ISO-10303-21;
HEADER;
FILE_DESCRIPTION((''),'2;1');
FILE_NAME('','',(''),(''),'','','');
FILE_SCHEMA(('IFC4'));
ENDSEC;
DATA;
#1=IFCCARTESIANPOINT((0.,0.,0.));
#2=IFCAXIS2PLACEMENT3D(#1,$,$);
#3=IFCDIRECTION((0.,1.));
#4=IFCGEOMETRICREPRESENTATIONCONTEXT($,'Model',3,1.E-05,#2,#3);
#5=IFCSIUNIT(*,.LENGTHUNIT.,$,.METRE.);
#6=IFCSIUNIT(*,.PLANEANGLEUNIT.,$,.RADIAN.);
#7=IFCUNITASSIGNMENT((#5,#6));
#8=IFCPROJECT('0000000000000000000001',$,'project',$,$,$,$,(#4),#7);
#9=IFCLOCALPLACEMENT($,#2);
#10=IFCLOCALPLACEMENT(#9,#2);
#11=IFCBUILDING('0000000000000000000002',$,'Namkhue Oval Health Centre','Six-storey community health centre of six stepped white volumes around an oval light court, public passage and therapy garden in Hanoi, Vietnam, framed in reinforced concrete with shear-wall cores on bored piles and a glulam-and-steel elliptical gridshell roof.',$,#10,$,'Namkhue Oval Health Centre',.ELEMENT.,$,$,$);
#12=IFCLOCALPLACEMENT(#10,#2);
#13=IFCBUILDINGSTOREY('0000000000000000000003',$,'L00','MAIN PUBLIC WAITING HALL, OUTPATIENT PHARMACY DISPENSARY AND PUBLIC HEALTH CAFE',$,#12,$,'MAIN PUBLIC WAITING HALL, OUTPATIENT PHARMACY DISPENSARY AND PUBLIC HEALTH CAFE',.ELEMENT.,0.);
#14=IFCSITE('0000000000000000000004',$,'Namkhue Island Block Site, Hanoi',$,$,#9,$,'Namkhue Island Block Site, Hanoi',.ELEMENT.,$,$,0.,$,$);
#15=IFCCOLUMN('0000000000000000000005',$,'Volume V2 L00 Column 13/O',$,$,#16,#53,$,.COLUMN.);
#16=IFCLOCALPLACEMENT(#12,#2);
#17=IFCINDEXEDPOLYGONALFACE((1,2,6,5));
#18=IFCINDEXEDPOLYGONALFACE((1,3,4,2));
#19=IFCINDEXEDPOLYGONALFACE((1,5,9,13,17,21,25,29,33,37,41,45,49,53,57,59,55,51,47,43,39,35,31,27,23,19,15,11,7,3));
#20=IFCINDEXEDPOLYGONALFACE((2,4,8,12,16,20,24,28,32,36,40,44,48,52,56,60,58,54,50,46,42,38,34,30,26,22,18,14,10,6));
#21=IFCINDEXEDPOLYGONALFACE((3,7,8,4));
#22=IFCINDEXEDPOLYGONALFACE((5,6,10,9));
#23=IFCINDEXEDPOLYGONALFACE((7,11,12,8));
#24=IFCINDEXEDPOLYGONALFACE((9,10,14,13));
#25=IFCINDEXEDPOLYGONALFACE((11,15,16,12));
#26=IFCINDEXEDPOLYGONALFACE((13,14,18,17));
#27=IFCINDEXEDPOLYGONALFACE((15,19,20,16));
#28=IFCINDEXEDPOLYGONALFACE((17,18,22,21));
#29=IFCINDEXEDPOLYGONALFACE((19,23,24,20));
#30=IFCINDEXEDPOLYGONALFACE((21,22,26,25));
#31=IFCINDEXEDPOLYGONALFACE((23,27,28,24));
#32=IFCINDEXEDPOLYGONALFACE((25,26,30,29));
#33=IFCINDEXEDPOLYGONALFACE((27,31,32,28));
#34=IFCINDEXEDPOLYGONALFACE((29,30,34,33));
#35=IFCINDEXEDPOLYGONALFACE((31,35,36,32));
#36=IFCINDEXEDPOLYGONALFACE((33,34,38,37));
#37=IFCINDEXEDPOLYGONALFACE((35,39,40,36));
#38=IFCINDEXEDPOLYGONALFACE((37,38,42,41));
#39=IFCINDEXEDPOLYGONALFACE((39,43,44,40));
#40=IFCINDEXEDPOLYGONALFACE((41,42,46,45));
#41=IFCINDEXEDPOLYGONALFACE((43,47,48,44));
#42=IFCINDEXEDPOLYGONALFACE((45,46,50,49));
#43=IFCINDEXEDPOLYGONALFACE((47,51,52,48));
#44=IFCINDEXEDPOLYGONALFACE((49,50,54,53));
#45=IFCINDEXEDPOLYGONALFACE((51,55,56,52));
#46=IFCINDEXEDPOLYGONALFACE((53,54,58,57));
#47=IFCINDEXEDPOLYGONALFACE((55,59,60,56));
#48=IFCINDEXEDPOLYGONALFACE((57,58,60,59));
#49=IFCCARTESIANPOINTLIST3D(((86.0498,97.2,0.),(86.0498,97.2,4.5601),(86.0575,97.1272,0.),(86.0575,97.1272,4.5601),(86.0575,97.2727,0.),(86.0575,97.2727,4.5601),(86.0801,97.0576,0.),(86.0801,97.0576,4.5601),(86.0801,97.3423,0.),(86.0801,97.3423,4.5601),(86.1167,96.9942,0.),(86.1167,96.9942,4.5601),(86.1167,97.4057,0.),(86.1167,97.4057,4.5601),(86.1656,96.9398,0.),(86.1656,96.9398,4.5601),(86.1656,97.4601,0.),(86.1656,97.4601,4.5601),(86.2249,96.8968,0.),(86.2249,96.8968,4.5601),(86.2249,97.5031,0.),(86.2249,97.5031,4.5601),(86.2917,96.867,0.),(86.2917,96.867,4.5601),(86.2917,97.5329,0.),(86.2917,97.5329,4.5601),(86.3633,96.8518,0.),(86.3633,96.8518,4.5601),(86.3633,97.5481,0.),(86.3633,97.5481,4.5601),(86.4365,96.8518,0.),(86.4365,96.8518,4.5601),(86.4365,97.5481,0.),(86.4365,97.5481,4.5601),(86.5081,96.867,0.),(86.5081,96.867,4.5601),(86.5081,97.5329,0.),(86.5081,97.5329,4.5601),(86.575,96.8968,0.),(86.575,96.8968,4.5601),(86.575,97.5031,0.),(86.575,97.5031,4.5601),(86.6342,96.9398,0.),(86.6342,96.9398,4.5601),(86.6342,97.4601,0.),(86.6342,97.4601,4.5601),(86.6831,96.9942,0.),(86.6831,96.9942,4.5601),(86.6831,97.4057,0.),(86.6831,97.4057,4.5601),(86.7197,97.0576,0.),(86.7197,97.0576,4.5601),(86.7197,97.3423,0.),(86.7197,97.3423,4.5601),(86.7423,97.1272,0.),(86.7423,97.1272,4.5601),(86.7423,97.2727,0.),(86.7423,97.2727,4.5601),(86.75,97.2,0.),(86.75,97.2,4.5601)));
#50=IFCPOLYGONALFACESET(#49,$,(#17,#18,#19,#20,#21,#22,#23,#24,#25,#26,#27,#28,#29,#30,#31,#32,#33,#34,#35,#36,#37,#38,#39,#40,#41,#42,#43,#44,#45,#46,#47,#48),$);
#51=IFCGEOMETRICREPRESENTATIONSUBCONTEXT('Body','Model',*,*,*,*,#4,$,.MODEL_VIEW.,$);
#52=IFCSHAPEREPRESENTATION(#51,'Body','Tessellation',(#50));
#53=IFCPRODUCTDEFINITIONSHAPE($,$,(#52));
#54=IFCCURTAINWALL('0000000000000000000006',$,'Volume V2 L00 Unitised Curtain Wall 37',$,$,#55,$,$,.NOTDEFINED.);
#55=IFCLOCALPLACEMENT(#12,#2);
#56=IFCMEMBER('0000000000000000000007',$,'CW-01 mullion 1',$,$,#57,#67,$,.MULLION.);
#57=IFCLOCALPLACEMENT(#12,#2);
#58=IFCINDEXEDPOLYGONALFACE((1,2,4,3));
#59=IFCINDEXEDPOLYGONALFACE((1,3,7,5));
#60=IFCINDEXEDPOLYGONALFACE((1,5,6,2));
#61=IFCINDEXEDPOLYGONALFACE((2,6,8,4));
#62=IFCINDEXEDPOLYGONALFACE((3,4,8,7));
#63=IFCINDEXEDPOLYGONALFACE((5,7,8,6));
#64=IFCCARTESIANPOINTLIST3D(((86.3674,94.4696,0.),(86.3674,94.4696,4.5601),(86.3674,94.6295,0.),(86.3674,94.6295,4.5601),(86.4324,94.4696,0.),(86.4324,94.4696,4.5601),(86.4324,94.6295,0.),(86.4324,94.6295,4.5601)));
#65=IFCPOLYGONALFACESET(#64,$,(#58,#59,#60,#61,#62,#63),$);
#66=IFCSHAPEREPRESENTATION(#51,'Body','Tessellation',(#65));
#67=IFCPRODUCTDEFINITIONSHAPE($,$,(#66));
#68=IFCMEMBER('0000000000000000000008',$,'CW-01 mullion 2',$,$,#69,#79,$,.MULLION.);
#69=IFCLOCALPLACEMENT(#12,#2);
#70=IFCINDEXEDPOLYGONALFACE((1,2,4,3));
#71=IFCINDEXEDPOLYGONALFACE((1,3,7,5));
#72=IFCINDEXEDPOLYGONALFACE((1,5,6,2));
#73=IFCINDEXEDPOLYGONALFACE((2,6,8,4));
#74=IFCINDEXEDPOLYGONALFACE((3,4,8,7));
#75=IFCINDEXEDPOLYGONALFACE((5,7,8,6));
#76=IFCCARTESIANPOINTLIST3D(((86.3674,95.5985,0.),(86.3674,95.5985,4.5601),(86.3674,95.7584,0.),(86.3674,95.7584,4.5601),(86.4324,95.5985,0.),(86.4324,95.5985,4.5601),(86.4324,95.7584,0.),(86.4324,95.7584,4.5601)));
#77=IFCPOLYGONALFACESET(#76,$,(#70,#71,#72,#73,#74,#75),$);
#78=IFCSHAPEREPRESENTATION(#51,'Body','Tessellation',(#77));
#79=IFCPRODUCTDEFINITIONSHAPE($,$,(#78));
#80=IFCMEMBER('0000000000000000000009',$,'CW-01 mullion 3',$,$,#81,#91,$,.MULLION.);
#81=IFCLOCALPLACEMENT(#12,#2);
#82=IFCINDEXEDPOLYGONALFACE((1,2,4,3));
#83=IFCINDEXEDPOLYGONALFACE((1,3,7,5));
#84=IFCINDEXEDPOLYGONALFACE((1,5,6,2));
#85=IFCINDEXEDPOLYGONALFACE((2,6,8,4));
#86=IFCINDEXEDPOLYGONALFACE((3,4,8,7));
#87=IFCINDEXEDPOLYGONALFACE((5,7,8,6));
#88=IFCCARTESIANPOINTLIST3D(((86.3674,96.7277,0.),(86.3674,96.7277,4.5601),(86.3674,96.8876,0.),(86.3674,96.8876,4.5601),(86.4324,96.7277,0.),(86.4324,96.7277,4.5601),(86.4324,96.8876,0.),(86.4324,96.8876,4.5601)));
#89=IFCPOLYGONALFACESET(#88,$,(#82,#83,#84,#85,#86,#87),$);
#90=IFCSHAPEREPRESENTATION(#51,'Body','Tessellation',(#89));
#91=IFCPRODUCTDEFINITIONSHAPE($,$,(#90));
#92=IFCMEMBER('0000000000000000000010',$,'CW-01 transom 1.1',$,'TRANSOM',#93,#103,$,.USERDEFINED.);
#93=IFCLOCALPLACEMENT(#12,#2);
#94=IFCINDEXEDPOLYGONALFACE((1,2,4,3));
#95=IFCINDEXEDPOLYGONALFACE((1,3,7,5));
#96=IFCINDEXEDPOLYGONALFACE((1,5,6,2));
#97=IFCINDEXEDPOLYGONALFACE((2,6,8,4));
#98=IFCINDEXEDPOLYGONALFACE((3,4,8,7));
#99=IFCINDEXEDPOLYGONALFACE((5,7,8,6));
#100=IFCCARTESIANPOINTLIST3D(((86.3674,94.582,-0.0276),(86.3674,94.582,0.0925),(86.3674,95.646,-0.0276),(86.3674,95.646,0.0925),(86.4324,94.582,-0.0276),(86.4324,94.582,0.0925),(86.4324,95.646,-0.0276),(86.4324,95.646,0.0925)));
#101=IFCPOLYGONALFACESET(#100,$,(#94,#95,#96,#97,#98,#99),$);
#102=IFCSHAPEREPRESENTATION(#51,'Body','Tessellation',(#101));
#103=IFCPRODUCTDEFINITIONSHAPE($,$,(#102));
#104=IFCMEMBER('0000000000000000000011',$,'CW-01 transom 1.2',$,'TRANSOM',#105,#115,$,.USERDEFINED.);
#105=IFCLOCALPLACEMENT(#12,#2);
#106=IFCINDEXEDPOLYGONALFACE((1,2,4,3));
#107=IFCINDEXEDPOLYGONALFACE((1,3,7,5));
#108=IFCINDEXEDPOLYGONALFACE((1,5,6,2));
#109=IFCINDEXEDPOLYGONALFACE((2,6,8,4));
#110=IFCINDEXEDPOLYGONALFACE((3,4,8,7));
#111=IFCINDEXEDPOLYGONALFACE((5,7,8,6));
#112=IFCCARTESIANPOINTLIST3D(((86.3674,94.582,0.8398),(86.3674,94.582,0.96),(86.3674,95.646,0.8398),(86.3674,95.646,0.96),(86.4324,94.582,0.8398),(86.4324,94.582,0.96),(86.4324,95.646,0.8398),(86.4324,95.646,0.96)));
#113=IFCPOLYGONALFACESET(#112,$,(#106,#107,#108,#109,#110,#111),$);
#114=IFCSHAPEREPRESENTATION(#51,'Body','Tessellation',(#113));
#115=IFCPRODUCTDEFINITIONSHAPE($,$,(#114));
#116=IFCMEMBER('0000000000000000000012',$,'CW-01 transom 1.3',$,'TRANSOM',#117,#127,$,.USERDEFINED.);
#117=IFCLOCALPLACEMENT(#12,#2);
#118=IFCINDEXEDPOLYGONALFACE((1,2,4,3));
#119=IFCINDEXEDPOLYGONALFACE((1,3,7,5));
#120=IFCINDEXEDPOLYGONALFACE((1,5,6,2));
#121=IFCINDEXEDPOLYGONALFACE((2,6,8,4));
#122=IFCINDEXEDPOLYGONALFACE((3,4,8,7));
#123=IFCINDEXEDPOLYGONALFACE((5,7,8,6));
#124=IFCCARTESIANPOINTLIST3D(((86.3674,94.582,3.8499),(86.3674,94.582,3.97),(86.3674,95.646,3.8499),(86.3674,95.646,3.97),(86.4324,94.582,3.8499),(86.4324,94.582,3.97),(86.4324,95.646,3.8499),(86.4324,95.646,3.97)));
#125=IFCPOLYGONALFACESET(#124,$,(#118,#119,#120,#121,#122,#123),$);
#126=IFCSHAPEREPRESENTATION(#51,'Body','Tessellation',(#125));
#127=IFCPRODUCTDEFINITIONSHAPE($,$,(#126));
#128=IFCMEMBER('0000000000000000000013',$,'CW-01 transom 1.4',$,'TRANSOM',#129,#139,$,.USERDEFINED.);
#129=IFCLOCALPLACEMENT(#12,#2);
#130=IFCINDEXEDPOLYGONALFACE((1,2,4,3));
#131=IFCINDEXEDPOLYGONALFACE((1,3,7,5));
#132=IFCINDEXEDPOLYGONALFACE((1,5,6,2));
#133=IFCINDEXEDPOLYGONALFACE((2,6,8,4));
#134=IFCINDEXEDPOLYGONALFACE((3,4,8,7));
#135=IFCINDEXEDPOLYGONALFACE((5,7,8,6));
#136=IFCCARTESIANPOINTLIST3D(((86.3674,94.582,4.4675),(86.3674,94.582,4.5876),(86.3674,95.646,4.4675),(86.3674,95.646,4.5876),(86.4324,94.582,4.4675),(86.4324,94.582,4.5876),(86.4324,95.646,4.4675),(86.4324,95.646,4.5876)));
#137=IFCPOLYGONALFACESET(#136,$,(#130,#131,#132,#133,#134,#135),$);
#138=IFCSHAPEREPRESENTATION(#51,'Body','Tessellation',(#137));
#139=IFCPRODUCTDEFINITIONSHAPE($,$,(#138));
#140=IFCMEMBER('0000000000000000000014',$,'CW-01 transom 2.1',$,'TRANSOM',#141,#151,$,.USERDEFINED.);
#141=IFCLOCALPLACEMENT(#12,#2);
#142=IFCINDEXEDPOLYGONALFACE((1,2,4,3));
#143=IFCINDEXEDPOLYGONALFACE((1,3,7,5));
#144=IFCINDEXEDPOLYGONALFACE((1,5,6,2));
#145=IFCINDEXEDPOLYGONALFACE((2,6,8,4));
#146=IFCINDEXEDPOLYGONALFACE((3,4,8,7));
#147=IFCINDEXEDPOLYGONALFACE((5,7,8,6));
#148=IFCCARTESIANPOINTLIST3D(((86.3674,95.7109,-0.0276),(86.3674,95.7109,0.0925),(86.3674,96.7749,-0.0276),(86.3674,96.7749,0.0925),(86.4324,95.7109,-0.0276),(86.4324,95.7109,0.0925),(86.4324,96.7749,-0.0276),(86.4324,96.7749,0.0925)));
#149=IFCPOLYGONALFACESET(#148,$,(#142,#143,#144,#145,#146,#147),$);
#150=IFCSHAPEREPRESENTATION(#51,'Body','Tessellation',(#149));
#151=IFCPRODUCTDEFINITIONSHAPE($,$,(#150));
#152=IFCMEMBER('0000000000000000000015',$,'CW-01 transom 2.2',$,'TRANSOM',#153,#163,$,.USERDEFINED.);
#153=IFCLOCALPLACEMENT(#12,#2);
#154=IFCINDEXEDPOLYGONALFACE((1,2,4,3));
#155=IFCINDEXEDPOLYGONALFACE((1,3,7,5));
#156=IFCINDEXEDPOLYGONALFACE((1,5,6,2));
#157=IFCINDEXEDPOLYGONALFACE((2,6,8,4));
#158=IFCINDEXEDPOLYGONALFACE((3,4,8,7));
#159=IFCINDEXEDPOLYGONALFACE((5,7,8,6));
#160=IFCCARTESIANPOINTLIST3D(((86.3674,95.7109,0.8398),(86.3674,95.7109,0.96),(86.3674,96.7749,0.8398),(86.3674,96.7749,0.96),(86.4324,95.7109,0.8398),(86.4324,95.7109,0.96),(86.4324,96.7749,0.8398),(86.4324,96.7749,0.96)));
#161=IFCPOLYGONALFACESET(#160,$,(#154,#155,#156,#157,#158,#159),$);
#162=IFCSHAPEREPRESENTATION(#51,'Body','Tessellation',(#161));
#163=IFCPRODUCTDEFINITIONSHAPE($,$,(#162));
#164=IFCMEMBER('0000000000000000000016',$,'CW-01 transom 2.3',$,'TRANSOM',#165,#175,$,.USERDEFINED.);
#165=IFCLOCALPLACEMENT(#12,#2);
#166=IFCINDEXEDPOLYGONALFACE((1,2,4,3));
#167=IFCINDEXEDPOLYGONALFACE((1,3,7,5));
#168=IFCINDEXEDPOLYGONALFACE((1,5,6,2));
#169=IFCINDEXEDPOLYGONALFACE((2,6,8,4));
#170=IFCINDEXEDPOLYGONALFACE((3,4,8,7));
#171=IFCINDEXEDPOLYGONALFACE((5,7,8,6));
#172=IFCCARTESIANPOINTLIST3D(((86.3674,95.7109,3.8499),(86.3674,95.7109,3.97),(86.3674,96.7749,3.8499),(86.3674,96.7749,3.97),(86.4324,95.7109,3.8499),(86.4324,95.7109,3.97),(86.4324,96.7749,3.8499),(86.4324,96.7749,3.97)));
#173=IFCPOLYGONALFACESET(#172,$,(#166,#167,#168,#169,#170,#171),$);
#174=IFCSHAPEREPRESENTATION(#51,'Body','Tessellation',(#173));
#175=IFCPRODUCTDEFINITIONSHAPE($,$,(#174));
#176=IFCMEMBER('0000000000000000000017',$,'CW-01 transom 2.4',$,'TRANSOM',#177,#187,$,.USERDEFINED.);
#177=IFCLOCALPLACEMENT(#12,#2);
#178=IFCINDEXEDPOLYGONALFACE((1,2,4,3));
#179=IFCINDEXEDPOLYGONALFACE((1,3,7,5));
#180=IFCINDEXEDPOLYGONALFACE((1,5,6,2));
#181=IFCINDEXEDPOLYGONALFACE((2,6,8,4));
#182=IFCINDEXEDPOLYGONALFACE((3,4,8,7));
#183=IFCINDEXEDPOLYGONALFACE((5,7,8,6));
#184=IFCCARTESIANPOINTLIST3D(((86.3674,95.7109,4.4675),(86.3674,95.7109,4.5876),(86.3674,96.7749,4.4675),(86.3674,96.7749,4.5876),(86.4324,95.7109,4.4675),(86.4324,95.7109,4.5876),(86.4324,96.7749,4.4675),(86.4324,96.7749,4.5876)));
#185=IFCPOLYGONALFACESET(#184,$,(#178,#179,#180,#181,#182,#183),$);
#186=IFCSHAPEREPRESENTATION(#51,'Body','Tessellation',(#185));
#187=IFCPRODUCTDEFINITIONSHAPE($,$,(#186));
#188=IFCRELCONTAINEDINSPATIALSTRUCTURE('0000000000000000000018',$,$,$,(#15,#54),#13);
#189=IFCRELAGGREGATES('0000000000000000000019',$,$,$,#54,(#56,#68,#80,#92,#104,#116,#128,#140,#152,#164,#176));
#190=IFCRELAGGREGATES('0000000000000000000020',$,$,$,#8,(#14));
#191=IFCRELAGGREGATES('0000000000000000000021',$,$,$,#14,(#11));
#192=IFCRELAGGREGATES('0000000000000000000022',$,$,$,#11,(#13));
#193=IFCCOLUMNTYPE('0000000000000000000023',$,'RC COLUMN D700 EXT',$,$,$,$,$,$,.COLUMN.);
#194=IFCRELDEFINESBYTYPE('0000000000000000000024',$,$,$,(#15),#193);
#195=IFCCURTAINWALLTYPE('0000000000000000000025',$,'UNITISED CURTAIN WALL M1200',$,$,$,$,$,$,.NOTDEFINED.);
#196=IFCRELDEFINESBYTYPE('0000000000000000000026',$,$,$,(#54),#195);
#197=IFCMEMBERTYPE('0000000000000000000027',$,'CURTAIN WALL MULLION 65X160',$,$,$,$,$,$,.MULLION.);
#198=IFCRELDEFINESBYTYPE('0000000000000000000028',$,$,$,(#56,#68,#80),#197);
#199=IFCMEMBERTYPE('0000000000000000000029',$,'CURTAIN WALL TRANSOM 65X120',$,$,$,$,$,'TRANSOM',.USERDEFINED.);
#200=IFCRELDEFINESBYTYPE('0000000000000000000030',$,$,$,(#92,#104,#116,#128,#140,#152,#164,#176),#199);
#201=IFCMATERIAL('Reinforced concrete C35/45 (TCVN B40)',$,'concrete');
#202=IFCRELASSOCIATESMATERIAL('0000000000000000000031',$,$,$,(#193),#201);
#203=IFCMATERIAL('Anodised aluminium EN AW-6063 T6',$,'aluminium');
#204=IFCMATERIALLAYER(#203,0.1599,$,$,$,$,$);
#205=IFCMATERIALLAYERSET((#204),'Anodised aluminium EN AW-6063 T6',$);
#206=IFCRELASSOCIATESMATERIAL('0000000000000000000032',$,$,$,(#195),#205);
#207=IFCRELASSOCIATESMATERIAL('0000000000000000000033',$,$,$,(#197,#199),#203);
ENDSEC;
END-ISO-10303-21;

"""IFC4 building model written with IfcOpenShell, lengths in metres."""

from ifc_helpers import new_model, si_unit, direction, frame, origin, origin_2d, place, context, subcontext, project, spatial, rectangle, circle, extrude, material, layer, layer_set, material_profile, profile_set, type_object, element, aggregate, save


model = new_model("IFC4")

# Units and contexts
model_context = context("Model", 3, precision=1e-05, world=origin(), true_north=direction((0.0, 1.0)))
body_context = subcontext(model_context, "Body", "Model", "MODEL_VIEW")
ifc_project = project(units=[si_unit("LENGTHUNIT", "METRE"), si_unit("PLANEANGLEUNIT", "RADIAN")], contexts=[model_context])

# Site, building, storey
site_placement = place(None, origin())
site = spatial("IfcSite", under=ifc_project, at=site_placement, Name="Namkhue Island Block Site, Hanoi", LongName="Namkhue Island Block Site, Hanoi", CompositionType="ELEMENT", RefElevation=0.0)
building_placement = place(site_placement, origin())
building = spatial("IfcBuilding", under=site, at=building_placement, Name="Namkhue Oval Health Centre", Description="Six-storey community health centre of six stepped white volumes around an oval light court, public passage and therapy garden in Hanoi, Vietnam, framed in reinforced concrete with shear-wall cores on bored piles and a glulam-and-steel elliptical gridshell roof.", LongName="Namkhue Oval Health Centre", CompositionType="ELEMENT")
storey_placement = place(building_placement, origin())
storey = spatial("IfcBuildingStorey", under=building, at=storey_placement, Name="L00", Description="MAIN PUBLIC WAITING HALL, OUTPATIENT PHARMACY DISPENSARY AND PUBLIC HEALTH CAFE", LongName="MAIN PUBLIC WAITING HALL, OUTPATIENT PHARMACY DISPENSARY AND PUBLIC HEALTH CAFE", CompositionType="ELEMENT", Elevation=0.0)

# Column
ifc_material_1 = material(Name="Reinforced concrete C35/45 (TCVN B40)", Category="concrete")
ifc_material_profile_1 = material_profile(ifc_material_1, circle(Radius=0.3501, at=origin_2d()), Name="RC D700")
ifc_profile_set_1 = profile_set([ifc_material_profile_1], Name="Reinforced concrete C35/45 (TCVN B40)")
column_type = type_object("IfcColumnType", Name="RC COLUMN D700 EXT", PredefinedType="COLUMN", material=ifc_profile_set_1)
column_placement = place(storey_placement, frame((86.3999, 97.2, 0.0), z_axis=(0.0, 0.0, 1.0), x_axis=(1.0, 0.0, 0.0)))
element("IfcColumn", 1, at=column_placement, inside=storey, type_object=column_type, Name="Volume V2 L00 Column 13/O", PredefinedType="COLUMN", context=body_context, shape_type="SweptSolid", body=[
    extrude(circle(Radius=0.3501, at=origin_2d()), origin(), (0.0, 0.0, 1.0), 4.5601),
])

# Curtain wall, members
ifc_material_2 = material(Name="Anodised aluminium EN AW-6063 T6", Category="aluminium")
ifc_layer_1 = layer(ifc_material_2, 0.1599)
ifc_layer_set_1 = layer_set([ifc_layer_1], Name="Anodised aluminium EN AW-6063 T6")
curtain_wall_type = type_object("IfcCurtainWallType", Name="UNITISED CURTAIN WALL M1200", PredefinedType="NOTDEFINED", material=ifc_layer_set_1)
curtain_wall_placement = place(storey_placement, origin())
curtain_wall = element("IfcCurtainWall", 2, at=curtain_wall_placement, inside=storey, type_object=curtain_wall_type, Name="Volume V2 L00 Unitised Curtain Wall 37", PredefinedType="NOTDEFINED")
ifc_material_profile_2 = material_profile(ifc_material_2, rectangle(XDim=0.0649, YDim=0.1599, at=origin_2d()), Name="ALU 65x160")
ifc_profile_set_2 = profile_set([ifc_material_profile_2], Name="Anodised aluminium EN AW-6063 T6")
member_type_1 = type_object("IfcMemberType", Name="CURTAIN WALL MULLION 65X160", PredefinedType="MULLION", material=ifc_profile_set_2)
member_1_placement = place(storey_placement, frame((86.3999, 94.5496, 0.0), z_axis=(0.0, 0.0, 1.0), x_axis=(-1.0, 0.0, 0.0)))
member_1 = element("IfcMember", 3, at=member_1_placement, type_object=member_type_1, Name="CW-01 mullion 1", PredefinedType="MULLION", context=body_context, shape_type="SweptSolid", body=[
    extrude(rectangle(XDim=0.0649, YDim=0.1599, at=origin_2d()), origin(), (0.0, 0.0, 1.0), 4.5601),
])
member_2_placement = place(storey_placement, frame((86.3999, 95.6785, 0.0), z_axis=(0.0, 0.0, 1.0), x_axis=(-1.0, 0.0, 0.0)))
member_2 = element("IfcMember", 4, at=member_2_placement, type_object=member_type_1, Name="CW-01 mullion 2", PredefinedType="MULLION", context=body_context, shape_type="SweptSolid", body=[
    extrude(rectangle(XDim=0.0649, YDim=0.1599, at=origin_2d()), origin(), (0.0, 0.0, 1.0), 4.5601),
])
member_3_placement = place(storey_placement, frame((86.3999, 96.8076, 0.0), z_axis=(0.0, 0.0, 1.0), x_axis=(-1.0, 0.0, 0.0)))
member_3 = element("IfcMember", 5, at=member_3_placement, type_object=member_type_1, Name="CW-01 mullion 3", PredefinedType="MULLION", context=body_context, shape_type="SweptSolid", body=[
    extrude(rectangle(XDim=0.0649, YDim=0.1599, at=origin_2d()), origin(), (0.0, 0.0, 1.0), 4.5601),
])
ifc_material_profile_3 = material_profile(ifc_material_2, rectangle(XDim=0.0649, YDim=0.1201, at=origin_2d()), Name="ALU 65x120")
ifc_profile_set_3 = profile_set([ifc_material_profile_3], Name="Anodised aluminium EN AW-6063 T6")
member_type_2 = type_object("IfcMemberType", Name="CURTAIN WALL TRANSOM 65X120", ElementType="TRANSOM", PredefinedType="USERDEFINED", material=ifc_profile_set_3)
member_4_placement = place(storey_placement, frame((86.3999, 94.582, 0.0325), z_axis=(0.0, 1.0, 0.0), x_axis=(-1.0, 0.0, 0.0)))
member_4 = element("IfcMember", 6, at=member_4_placement, type_object=member_type_2, Name="CW-01 transom 1.1", ObjectType="TRANSOM", PredefinedType="USERDEFINED", context=body_context, shape_type="SweptSolid", body=[
    extrude(rectangle(XDim=0.0649, YDim=0.1201, at=origin_2d()), origin(), (0.0, 0.0, 1.0), 1.064),
])
member_5_placement = place(storey_placement, frame((86.3999, 94.582, 0.8999), z_axis=(0.0, 1.0, 0.0), x_axis=(-1.0, 0.0, 0.0)))
member_5 = element("IfcMember", 7, at=member_5_placement, type_object=member_type_2, Name="CW-01 transom 1.2", ObjectType="TRANSOM", PredefinedType="USERDEFINED", context=body_context, shape_type="SweptSolid", body=[
    extrude(rectangle(XDim=0.0649, YDim=0.1201, at=origin_2d()), origin(), (0.0, 0.0, 1.0), 1.064),
])
member_6_placement = place(storey_placement, frame((86.3999, 94.582, 3.9099), z_axis=(0.0, 1.0, 0.0), x_axis=(-1.0, 0.0, 0.0)))
member_6 = element("IfcMember", 8, at=member_6_placement, type_object=member_type_2, Name="CW-01 transom 1.3", ObjectType="TRANSOM", PredefinedType="USERDEFINED", context=body_context, shape_type="SweptSolid", body=[
    extrude(rectangle(XDim=0.0649, YDim=0.1201, at=origin_2d()), origin(), (0.0, 0.0, 1.0), 1.064),
])
member_7_placement = place(storey_placement, frame((86.3999, 94.582, 4.5276), z_axis=(0.0, 1.0, 0.0), x_axis=(-1.0, 0.0, 0.0)))
member_7 = element("IfcMember", 9, at=member_7_placement, type_object=member_type_2, Name="CW-01 transom 1.4", ObjectType="TRANSOM", PredefinedType="USERDEFINED", context=body_context, shape_type="SweptSolid", body=[
    extrude(rectangle(XDim=0.0649, YDim=0.1201, at=origin_2d()), origin(), (0.0, 0.0, 1.0), 1.064),
])
member_8_placement = place(storey_placement, frame((86.3999, 95.7109, 0.0325), z_axis=(0.0, 1.0, 0.0), x_axis=(-1.0, 0.0, 0.0)))
member_8 = element("IfcMember", 10, at=member_8_placement, type_object=member_type_2, Name="CW-01 transom 2.1", ObjectType="TRANSOM", PredefinedType="USERDEFINED", context=body_context, shape_type="SweptSolid", body=[
    extrude(rectangle(XDim=0.0649, YDim=0.1201, at=origin_2d()), origin(), (0.0, 0.0, 1.0), 1.064),
])
member_9_placement = place(storey_placement, frame((86.3999, 95.7109, 0.8999), z_axis=(0.0, 1.0, 0.0), x_axis=(-1.0, 0.0, 0.0)))
member_9 = element("IfcMember", 11, at=member_9_placement, type_object=member_type_2, Name="CW-01 transom 2.2", ObjectType="TRANSOM", PredefinedType="USERDEFINED", context=body_context, shape_type="SweptSolid", body=[
    extrude(rectangle(XDim=0.0649, YDim=0.1201, at=origin_2d()), origin(), (0.0, 0.0, 1.0), 1.064),
])
member_10_placement = place(storey_placement, frame((86.3999, 95.7109, 3.9099), z_axis=(0.0, 1.0, 0.0), x_axis=(-1.0, 0.0, 0.0)))
member_10 = element("IfcMember", 12, at=member_10_placement, type_object=member_type_2, Name="CW-01 transom 2.3", ObjectType="TRANSOM", PredefinedType="USERDEFINED", context=body_context, shape_type="SweptSolid", body=[
    extrude(rectangle(XDim=0.0649, YDim=0.1201, at=origin_2d()), origin(), (0.0, 0.0, 1.0), 1.064),
])
member_11_placement = place(storey_placement, frame((86.3999, 95.7109, 4.5276), z_axis=(0.0, 1.0, 0.0), x_axis=(-1.0, 0.0, 0.0)))
member_11 = element("IfcMember", 13, at=member_11_placement, type_object=member_type_2, Name="CW-01 transom 2.4", ObjectType="TRANSOM", PredefinedType="USERDEFINED", context=body_context, shape_type="SweptSolid", body=[
    extrude(rectangle(XDim=0.0649, YDim=0.1201, at=origin_2d()), origin(), (0.0, 0.0, 1.0), 1.064),
])

aggregate(curtain_wall, [member_1, member_2, member_3, member_4, member_5, member_6, member_7, member_8, member_9, member_10, member_11])

save(model, "model.ifc")
